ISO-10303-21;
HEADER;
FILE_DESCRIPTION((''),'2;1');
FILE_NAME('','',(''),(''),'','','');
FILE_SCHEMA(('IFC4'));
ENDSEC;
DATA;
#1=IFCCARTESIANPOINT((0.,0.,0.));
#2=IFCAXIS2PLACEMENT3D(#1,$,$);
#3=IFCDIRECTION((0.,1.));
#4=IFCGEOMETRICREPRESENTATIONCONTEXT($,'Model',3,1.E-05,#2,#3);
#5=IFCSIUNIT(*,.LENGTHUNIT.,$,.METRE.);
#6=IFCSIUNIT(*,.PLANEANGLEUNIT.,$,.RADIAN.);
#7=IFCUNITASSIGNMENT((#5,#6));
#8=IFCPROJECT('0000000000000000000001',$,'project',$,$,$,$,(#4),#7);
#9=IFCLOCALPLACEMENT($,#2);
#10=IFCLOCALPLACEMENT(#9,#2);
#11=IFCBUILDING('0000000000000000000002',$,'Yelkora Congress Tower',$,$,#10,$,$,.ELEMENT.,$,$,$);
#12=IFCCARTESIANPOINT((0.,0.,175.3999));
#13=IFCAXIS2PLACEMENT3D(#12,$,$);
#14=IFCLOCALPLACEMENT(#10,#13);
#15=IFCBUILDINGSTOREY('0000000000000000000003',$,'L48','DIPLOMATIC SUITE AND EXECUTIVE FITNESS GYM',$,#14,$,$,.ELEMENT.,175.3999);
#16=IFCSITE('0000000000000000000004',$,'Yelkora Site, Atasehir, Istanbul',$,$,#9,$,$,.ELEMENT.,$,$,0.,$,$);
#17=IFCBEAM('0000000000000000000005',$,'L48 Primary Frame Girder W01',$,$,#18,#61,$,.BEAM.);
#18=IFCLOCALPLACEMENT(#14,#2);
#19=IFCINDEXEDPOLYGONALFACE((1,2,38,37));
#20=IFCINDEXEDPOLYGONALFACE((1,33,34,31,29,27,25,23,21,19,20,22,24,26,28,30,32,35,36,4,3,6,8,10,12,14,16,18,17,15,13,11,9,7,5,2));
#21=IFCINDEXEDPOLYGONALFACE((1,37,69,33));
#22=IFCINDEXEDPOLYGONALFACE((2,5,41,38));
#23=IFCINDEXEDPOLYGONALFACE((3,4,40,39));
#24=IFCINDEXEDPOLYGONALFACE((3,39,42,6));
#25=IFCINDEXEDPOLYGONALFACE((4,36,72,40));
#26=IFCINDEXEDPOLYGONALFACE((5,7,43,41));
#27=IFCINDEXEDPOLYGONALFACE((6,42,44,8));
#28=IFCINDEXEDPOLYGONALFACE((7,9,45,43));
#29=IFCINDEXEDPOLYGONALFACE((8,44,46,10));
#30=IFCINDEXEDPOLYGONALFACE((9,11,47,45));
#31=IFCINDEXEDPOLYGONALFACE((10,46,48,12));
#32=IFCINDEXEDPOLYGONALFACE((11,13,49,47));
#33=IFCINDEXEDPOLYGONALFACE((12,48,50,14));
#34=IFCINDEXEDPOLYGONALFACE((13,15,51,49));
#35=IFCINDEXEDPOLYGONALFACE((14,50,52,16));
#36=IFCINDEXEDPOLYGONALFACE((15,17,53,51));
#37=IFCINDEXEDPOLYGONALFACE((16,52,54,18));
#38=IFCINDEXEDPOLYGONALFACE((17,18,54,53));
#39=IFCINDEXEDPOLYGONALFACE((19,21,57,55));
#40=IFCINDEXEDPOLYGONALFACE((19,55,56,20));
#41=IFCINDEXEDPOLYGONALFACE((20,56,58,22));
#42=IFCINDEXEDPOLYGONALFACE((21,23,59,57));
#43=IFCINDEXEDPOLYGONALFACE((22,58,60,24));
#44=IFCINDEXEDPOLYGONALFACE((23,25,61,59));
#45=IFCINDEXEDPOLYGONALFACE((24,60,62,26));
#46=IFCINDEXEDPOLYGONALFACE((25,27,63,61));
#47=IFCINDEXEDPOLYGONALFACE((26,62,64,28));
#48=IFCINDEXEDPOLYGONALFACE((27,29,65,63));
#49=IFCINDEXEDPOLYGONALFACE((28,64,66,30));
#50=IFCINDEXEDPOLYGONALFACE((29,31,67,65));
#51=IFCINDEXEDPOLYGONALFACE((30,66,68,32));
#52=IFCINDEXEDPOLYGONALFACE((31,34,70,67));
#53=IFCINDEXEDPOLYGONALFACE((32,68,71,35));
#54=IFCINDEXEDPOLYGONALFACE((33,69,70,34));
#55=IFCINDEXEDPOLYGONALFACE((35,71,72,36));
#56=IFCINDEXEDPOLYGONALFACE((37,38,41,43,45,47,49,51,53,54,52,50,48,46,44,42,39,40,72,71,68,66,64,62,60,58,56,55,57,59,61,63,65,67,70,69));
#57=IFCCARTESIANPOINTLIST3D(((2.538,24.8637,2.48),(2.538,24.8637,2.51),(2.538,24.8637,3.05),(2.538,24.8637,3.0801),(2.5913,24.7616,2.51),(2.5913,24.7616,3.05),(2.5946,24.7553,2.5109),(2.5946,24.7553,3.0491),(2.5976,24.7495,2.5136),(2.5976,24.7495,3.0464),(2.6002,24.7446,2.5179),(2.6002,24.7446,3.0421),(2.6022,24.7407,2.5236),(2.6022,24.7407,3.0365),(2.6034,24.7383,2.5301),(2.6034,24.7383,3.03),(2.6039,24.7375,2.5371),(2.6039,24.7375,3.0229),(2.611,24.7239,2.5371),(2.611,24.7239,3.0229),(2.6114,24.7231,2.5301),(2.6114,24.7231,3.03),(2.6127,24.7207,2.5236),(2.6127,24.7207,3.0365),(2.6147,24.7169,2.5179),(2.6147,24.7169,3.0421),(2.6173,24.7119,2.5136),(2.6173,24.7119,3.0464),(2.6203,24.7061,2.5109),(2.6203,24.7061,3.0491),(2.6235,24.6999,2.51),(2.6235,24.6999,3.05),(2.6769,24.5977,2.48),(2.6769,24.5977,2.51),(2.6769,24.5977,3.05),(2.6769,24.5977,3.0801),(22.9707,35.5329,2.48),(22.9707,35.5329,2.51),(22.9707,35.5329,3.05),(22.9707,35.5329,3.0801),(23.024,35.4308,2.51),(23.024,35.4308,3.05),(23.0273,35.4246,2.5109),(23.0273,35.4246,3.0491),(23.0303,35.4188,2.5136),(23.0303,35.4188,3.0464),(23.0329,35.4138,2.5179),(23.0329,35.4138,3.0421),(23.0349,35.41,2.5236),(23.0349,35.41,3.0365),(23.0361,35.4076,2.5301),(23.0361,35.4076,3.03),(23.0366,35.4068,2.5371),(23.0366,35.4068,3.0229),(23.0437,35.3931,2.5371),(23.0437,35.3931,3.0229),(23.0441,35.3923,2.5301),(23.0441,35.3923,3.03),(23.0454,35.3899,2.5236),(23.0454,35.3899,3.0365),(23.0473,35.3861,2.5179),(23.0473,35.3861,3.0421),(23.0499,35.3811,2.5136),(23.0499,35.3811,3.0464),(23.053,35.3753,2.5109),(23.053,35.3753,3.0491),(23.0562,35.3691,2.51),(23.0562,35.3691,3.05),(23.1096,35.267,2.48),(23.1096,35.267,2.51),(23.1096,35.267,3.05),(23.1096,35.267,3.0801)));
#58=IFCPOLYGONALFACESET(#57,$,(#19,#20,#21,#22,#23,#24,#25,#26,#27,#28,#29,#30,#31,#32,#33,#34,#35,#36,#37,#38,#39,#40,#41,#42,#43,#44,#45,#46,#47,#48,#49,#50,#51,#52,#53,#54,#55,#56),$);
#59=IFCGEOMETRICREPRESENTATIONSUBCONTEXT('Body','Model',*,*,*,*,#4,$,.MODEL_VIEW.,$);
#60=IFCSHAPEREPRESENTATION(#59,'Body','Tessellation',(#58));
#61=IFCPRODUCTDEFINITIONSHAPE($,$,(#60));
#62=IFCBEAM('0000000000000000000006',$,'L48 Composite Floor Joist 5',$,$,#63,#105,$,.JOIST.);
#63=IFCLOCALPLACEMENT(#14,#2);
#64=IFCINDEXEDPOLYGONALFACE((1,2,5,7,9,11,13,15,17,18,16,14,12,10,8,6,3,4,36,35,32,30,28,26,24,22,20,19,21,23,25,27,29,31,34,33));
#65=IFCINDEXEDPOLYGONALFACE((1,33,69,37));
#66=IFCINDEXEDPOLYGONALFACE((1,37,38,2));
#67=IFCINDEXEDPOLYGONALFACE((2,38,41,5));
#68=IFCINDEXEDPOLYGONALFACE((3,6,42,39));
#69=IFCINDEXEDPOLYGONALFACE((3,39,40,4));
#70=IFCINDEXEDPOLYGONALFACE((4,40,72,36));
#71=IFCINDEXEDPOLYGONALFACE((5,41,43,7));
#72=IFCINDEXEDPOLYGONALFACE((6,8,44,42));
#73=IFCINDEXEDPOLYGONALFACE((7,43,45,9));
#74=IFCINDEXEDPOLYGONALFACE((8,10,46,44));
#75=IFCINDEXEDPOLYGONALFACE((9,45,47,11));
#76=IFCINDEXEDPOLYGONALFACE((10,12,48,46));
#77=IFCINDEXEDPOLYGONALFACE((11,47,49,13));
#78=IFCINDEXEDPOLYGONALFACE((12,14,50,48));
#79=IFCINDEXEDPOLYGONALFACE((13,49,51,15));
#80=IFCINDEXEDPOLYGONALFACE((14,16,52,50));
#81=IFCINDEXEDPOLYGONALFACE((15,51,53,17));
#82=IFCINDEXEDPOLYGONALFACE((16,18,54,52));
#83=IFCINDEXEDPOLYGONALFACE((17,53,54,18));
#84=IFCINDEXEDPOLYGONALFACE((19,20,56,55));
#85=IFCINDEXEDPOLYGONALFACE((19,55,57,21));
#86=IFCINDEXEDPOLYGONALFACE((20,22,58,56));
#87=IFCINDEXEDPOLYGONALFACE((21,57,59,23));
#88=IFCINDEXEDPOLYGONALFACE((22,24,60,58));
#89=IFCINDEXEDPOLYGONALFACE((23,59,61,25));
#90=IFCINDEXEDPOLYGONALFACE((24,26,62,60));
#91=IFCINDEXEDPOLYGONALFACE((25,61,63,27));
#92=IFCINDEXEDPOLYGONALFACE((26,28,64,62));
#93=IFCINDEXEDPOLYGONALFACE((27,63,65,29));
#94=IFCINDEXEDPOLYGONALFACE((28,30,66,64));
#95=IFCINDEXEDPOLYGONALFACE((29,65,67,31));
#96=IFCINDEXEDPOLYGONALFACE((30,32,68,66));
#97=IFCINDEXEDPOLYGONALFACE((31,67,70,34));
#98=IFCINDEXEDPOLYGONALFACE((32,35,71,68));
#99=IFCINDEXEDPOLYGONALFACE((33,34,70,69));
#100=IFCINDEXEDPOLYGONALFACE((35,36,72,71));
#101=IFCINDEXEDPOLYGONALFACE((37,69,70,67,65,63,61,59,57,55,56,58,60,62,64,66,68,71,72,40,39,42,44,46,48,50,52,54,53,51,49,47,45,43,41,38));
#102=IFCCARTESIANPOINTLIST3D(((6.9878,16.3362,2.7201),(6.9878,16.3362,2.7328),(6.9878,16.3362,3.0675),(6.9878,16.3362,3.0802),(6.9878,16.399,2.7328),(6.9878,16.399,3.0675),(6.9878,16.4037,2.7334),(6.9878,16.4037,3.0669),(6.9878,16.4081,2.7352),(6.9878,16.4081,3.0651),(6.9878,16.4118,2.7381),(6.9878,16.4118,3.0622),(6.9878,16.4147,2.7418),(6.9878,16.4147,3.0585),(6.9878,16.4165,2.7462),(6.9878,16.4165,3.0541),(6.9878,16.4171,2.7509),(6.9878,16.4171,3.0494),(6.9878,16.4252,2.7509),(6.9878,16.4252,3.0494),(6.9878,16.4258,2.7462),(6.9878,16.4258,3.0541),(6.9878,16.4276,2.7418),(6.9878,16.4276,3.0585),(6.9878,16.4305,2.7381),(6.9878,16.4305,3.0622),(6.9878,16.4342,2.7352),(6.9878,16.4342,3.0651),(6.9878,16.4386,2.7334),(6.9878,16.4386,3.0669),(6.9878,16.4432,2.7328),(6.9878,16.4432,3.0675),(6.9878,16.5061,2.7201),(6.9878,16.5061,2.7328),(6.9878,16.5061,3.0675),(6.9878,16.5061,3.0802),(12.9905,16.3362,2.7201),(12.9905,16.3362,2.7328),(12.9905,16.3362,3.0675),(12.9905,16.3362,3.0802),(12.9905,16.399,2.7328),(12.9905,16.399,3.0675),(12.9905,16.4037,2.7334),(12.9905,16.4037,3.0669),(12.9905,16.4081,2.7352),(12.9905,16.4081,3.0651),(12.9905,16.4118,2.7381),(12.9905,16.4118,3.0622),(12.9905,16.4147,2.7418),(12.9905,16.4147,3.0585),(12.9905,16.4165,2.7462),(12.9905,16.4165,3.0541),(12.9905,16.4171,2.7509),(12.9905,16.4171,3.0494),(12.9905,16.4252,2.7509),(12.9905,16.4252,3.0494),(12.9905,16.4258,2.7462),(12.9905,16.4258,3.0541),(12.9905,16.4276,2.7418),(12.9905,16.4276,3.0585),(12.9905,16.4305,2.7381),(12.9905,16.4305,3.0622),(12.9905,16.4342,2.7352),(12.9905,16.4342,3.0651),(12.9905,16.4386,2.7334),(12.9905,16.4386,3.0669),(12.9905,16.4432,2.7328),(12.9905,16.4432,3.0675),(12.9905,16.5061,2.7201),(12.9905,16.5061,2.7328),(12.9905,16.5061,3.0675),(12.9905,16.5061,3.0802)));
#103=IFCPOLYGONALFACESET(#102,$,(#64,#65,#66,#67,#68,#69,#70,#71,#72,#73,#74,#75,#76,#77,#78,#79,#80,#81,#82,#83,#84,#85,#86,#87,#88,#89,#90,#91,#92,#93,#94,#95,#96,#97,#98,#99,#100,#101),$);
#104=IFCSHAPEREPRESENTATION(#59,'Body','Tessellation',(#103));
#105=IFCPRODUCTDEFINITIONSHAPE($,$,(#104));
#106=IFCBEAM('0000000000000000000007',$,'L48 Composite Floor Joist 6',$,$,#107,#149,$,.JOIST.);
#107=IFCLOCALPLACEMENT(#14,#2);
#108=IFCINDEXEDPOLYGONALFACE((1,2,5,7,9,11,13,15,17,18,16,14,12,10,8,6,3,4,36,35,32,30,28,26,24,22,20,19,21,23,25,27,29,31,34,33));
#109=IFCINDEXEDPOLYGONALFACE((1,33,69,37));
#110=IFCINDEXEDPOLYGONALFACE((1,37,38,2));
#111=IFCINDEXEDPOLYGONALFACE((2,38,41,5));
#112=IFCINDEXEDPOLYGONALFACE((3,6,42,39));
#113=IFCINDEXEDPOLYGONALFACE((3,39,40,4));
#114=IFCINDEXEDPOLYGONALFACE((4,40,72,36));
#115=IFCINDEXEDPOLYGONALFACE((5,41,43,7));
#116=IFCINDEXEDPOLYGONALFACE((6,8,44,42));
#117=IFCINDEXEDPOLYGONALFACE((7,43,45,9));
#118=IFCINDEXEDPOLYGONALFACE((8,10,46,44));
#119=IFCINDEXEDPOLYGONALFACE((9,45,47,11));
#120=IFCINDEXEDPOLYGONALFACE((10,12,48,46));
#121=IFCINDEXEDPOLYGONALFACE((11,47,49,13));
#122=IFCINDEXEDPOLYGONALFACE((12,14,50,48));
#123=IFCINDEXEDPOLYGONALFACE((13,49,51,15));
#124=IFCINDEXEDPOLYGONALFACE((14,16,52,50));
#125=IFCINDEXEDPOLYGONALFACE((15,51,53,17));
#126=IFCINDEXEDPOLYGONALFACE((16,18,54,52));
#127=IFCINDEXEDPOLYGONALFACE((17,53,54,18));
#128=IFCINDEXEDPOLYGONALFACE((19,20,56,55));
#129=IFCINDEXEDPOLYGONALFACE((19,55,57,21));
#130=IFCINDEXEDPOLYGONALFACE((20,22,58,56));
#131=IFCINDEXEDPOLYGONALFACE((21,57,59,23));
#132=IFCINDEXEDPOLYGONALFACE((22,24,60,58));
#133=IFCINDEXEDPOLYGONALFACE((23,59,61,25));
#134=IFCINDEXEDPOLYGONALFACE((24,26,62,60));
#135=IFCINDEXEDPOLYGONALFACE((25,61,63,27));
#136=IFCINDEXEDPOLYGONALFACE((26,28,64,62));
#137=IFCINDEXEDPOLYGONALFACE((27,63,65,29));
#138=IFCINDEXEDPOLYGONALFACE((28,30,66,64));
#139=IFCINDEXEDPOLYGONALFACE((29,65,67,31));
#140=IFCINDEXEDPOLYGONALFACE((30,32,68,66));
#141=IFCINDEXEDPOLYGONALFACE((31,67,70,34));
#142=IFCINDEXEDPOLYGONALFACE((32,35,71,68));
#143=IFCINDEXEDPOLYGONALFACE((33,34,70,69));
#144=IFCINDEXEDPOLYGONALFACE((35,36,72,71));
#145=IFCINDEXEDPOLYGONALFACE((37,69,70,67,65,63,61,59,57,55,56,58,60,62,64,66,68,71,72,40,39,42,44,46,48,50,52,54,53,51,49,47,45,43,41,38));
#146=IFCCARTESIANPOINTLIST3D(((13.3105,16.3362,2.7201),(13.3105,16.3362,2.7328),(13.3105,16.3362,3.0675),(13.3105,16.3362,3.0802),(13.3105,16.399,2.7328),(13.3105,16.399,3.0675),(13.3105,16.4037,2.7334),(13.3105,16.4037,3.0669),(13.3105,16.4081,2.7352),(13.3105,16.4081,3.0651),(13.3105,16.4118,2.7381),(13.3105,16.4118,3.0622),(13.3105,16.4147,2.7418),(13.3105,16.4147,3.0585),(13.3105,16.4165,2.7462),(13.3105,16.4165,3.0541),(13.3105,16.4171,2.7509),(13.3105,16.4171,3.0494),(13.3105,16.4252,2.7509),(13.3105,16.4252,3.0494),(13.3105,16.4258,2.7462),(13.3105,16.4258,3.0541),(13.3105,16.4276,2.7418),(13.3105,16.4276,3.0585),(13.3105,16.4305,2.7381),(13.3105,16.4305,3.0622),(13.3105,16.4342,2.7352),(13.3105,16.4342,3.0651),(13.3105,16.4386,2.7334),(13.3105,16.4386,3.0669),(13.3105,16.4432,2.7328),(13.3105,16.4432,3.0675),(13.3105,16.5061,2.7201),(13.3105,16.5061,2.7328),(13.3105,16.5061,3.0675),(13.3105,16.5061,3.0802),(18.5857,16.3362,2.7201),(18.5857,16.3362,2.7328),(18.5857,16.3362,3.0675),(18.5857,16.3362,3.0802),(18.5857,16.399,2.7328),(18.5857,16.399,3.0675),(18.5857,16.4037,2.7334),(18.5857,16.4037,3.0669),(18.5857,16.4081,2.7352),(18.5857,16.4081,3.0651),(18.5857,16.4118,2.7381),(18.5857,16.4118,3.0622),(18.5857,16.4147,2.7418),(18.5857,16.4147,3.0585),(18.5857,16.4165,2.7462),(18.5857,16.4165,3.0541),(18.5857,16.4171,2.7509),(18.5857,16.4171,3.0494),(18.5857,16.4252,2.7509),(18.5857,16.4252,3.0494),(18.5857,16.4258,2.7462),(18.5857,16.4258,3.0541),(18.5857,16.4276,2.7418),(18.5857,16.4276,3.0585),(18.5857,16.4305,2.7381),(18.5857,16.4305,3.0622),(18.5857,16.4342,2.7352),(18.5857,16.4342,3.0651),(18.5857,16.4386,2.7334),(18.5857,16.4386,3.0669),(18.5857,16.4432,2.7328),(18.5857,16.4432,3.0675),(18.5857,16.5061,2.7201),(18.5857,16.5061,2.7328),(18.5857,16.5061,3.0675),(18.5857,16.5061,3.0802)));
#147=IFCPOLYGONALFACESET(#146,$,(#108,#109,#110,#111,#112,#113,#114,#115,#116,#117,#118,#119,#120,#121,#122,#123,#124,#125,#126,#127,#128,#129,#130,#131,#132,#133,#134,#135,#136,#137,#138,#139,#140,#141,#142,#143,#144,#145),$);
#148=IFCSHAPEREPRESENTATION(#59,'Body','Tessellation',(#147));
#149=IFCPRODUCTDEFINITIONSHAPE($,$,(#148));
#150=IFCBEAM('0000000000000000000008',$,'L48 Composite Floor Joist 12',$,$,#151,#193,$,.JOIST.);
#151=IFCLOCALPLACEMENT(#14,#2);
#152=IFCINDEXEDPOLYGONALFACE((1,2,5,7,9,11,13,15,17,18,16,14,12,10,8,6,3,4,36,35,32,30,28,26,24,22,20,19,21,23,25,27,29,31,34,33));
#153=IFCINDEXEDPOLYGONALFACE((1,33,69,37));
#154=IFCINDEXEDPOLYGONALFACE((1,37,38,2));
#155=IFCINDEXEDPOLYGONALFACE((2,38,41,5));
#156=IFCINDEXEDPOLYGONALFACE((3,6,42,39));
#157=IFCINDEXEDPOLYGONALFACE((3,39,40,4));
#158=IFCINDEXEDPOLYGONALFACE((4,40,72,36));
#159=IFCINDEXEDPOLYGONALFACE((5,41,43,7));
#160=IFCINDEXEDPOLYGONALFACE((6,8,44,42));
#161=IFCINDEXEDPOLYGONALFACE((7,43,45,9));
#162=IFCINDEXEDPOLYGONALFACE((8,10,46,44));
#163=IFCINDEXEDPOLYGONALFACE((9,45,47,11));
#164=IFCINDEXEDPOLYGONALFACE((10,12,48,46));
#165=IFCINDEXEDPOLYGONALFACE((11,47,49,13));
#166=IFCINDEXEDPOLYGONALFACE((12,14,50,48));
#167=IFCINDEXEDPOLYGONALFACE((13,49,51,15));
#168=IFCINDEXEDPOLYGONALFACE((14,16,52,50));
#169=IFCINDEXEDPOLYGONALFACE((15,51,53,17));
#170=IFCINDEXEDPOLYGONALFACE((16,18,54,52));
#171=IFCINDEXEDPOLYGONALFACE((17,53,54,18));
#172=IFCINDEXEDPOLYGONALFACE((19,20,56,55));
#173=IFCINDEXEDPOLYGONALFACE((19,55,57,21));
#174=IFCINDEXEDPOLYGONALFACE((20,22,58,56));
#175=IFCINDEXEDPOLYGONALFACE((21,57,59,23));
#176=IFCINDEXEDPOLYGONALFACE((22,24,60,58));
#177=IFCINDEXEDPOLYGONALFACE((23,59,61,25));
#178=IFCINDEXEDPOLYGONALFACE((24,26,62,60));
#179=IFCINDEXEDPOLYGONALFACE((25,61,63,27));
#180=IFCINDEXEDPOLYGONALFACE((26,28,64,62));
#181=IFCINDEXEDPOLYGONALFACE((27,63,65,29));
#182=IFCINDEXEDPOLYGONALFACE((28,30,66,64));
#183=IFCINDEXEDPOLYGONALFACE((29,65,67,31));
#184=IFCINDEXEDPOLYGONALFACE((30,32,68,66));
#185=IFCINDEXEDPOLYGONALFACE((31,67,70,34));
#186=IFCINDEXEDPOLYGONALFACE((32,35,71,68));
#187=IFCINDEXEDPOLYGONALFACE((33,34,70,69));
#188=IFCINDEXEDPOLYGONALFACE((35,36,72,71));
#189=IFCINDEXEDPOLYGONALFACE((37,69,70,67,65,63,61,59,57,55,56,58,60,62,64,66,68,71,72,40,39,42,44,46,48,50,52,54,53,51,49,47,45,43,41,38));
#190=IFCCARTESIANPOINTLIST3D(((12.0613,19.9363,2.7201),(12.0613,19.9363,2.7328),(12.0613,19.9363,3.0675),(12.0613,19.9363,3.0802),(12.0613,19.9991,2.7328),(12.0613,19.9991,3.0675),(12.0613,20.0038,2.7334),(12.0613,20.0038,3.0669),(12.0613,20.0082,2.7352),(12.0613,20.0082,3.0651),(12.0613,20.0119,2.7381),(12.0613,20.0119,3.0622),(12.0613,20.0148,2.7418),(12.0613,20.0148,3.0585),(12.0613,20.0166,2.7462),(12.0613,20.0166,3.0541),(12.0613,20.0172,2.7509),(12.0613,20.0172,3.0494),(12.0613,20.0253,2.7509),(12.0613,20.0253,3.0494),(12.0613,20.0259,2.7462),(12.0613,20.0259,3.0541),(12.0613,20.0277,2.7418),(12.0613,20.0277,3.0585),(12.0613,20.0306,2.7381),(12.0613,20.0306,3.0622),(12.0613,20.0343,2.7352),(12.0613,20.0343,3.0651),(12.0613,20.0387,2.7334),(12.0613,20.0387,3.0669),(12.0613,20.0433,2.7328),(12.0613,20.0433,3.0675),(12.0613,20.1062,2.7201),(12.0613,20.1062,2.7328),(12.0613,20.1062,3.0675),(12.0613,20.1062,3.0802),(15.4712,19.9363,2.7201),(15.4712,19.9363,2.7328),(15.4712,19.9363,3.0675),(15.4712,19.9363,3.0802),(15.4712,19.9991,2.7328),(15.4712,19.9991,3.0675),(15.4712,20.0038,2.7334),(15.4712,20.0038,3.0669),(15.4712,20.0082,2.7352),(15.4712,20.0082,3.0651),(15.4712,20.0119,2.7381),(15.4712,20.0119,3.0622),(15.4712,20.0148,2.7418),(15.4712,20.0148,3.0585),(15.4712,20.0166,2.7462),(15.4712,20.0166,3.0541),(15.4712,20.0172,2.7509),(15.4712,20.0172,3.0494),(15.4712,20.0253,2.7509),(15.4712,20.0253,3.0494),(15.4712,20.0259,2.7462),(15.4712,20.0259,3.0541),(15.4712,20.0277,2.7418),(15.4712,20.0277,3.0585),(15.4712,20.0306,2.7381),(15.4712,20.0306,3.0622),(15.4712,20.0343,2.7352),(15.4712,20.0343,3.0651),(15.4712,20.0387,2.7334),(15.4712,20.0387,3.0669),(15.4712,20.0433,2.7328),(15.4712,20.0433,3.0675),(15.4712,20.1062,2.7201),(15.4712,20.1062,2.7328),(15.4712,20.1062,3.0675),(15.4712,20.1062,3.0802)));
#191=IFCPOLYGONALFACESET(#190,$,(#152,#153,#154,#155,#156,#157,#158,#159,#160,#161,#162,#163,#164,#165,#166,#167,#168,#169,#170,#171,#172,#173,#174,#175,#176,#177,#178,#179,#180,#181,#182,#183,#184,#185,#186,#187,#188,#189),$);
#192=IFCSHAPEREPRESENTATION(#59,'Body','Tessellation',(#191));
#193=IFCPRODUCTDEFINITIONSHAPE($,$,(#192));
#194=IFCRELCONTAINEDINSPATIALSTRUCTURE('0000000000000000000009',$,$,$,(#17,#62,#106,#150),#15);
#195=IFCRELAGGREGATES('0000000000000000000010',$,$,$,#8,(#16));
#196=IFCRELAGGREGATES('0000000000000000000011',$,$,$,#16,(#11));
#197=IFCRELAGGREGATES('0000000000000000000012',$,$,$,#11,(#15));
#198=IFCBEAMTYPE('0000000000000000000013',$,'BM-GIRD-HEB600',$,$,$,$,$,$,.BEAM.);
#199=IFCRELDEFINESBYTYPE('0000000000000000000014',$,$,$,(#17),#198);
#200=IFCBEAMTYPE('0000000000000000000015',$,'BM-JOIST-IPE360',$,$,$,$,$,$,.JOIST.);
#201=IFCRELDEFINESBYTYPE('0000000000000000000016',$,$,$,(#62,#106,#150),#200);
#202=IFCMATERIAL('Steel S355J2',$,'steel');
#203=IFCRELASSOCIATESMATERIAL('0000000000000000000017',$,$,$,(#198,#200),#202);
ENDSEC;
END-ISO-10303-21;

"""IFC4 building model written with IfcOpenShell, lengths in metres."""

from ifc_helpers import new_model, si_unit, direction, frame, origin, origin_2d, place, context, subcontext, project, spatial, i_section, extrude, material, material_profile, profile_set, type_object, element, save


model = new_model("IFC4")

# Units and contexts
model_context = context("Model", 3, precision=1e-05, world=origin(), true_north=direction((0.0, 1.0)))
body_context = subcontext(model_context, "Body", "Model", "MODEL_VIEW")
ifc_project = project(units=[si_unit("LENGTHUNIT", "METRE"), si_unit("PLANEANGLEUNIT", "RADIAN")], contexts=[model_context])

# Site, building, storey
site_placement = place(None, origin())
site = spatial("IfcSite", under=ifc_project, at=site_placement, Name="Yelkora Site, Atasehir, Istanbul", CompositionType="ELEMENT", RefElevation=0.0)
building_placement = place(site_placement, origin())
building = spatial("IfcBuilding", under=site, at=building_placement, Name="Yelkora Congress Tower", CompositionType="ELEMENT")
storey_placement = place(building_placement, frame((0.0, 0.0, 175.3999)))
storey = spatial("IfcBuildingStorey", under=building, at=storey_placement, Name="L48", Description="DIPLOMATIC SUITE AND EXECUTIVE FITNESS GYM", CompositionType="ELEMENT", Elevation=175.3999)

# Beams
ifc_material_1 = material(Name="Steel S355J2", Category="steel")
ifc_material_profile_1 = material_profile(ifc_material_1, i_section(OverallWidth=0.3, OverallDepth=0.6001, WebThickness=0.0154, FlangeThickness=0.03, FilletRadius=0.0271, at=origin_2d()), Name="HEB 600")
ifc_profile_set_1 = profile_set([ifc_material_profile_1], Name="Steel S355J2")
beam_type_1 = type_object("IfcBeamType", Name="BM-GIRD-HEB600", PredefinedType="BEAM", material=ifc_profile_set_1)
beam_1_placement = place(storey_placement, frame((2.6074, 24.7307, 2.78), z_axis=(0.88643, 0.462862, 0.0), x_axis=(-0.462862, 0.88643, 0.0)))
element("IfcBeam", 1, at=beam_1_placement, inside=storey, type_object=beam_type_1, Name="L48 Primary Frame Girder W01", PredefinedType="BEAM", context=body_context, shape_type="SweptSolid", body=[
    extrude(i_section(OverallWidth=0.3, OverallDepth=0.6001, WebThickness=0.0154, FlangeThickness=0.03, FilletRadius=0.0271, at=origin_2d()), origin(), (0.0, 0.0, 1.0), 23.0505),
])
ifc_material_profile_2 = material_profile(ifc_material_1, i_section(OverallWidth=0.1699, OverallDepth=0.3601, WebThickness=0.0081, FlangeThickness=0.0127, FilletRadius=0.0181, at=origin_2d()), Name="IPE 360")
ifc_profile_set_2 = profile_set([ifc_material_profile_2], Name="Steel S355J2")
beam_type_2 = type_object("IfcBeamType", Name="BM-JOIST-IPE360", PredefinedType="JOIST", material=ifc_profile_set_2)
beam_2_placement = place(storey_placement, frame((6.9878, 16.4211, 2.9001), z_axis=(1.0, 0.0, 0.0), x_axis=(0.0, 1.0, 0.0)))
element("IfcBeam", 2, at=beam_2_placement, inside=storey, type_object=beam_type_2, Name="L48 Composite Floor Joist 5", PredefinedType="JOIST", context=body_context, shape_type="SweptSolid", body=[
    extrude(i_section(OverallWidth=0.1699, OverallDepth=0.3601, WebThickness=0.0081, FlangeThickness=0.0127, FilletRadius=0.0181, at=origin_2d()), origin(), (0.0, 0.0, 1.0), 6.0027),
])
beam_3_placement = place(storey_placement, frame((13.3105, 16.4211, 2.9001), z_axis=(1.0, 0.0, 0.0), x_axis=(0.0, 1.0, 0.0)))
element("IfcBeam", 3, at=beam_3_placement, inside=storey, type_object=beam_type_2, Name="L48 Composite Floor Joist 6", PredefinedType="JOIST", context=body_context, shape_type="SweptSolid", body=[
    extrude(i_section(OverallWidth=0.1699, OverallDepth=0.3601, WebThickness=0.0081, FlangeThickness=0.0127, FilletRadius=0.0181, at=origin_2d()), origin(), (0.0, 0.0, 1.0), 5.2751),
])
beam_4_placement = place(storey_placement, frame((12.0613, 20.0212, 2.9001), z_axis=(1.0, 0.0, 0.0), x_axis=(0.0, 1.0, 0.0)))
element("IfcBeam", 4, at=beam_4_placement, inside=storey, type_object=beam_type_2, Name="L48 Composite Floor Joist 12", PredefinedType="JOIST", context=body_context, shape_type="SweptSolid", body=[
    extrude(i_section(OverallWidth=0.1699, OverallDepth=0.3601, WebThickness=0.0081, FlangeThickness=0.0127, FilletRadius=0.0181, at=origin_2d()), origin(), (0.0, 0.0, 1.0), 3.4099),
])

save(model, "model.ifc")
